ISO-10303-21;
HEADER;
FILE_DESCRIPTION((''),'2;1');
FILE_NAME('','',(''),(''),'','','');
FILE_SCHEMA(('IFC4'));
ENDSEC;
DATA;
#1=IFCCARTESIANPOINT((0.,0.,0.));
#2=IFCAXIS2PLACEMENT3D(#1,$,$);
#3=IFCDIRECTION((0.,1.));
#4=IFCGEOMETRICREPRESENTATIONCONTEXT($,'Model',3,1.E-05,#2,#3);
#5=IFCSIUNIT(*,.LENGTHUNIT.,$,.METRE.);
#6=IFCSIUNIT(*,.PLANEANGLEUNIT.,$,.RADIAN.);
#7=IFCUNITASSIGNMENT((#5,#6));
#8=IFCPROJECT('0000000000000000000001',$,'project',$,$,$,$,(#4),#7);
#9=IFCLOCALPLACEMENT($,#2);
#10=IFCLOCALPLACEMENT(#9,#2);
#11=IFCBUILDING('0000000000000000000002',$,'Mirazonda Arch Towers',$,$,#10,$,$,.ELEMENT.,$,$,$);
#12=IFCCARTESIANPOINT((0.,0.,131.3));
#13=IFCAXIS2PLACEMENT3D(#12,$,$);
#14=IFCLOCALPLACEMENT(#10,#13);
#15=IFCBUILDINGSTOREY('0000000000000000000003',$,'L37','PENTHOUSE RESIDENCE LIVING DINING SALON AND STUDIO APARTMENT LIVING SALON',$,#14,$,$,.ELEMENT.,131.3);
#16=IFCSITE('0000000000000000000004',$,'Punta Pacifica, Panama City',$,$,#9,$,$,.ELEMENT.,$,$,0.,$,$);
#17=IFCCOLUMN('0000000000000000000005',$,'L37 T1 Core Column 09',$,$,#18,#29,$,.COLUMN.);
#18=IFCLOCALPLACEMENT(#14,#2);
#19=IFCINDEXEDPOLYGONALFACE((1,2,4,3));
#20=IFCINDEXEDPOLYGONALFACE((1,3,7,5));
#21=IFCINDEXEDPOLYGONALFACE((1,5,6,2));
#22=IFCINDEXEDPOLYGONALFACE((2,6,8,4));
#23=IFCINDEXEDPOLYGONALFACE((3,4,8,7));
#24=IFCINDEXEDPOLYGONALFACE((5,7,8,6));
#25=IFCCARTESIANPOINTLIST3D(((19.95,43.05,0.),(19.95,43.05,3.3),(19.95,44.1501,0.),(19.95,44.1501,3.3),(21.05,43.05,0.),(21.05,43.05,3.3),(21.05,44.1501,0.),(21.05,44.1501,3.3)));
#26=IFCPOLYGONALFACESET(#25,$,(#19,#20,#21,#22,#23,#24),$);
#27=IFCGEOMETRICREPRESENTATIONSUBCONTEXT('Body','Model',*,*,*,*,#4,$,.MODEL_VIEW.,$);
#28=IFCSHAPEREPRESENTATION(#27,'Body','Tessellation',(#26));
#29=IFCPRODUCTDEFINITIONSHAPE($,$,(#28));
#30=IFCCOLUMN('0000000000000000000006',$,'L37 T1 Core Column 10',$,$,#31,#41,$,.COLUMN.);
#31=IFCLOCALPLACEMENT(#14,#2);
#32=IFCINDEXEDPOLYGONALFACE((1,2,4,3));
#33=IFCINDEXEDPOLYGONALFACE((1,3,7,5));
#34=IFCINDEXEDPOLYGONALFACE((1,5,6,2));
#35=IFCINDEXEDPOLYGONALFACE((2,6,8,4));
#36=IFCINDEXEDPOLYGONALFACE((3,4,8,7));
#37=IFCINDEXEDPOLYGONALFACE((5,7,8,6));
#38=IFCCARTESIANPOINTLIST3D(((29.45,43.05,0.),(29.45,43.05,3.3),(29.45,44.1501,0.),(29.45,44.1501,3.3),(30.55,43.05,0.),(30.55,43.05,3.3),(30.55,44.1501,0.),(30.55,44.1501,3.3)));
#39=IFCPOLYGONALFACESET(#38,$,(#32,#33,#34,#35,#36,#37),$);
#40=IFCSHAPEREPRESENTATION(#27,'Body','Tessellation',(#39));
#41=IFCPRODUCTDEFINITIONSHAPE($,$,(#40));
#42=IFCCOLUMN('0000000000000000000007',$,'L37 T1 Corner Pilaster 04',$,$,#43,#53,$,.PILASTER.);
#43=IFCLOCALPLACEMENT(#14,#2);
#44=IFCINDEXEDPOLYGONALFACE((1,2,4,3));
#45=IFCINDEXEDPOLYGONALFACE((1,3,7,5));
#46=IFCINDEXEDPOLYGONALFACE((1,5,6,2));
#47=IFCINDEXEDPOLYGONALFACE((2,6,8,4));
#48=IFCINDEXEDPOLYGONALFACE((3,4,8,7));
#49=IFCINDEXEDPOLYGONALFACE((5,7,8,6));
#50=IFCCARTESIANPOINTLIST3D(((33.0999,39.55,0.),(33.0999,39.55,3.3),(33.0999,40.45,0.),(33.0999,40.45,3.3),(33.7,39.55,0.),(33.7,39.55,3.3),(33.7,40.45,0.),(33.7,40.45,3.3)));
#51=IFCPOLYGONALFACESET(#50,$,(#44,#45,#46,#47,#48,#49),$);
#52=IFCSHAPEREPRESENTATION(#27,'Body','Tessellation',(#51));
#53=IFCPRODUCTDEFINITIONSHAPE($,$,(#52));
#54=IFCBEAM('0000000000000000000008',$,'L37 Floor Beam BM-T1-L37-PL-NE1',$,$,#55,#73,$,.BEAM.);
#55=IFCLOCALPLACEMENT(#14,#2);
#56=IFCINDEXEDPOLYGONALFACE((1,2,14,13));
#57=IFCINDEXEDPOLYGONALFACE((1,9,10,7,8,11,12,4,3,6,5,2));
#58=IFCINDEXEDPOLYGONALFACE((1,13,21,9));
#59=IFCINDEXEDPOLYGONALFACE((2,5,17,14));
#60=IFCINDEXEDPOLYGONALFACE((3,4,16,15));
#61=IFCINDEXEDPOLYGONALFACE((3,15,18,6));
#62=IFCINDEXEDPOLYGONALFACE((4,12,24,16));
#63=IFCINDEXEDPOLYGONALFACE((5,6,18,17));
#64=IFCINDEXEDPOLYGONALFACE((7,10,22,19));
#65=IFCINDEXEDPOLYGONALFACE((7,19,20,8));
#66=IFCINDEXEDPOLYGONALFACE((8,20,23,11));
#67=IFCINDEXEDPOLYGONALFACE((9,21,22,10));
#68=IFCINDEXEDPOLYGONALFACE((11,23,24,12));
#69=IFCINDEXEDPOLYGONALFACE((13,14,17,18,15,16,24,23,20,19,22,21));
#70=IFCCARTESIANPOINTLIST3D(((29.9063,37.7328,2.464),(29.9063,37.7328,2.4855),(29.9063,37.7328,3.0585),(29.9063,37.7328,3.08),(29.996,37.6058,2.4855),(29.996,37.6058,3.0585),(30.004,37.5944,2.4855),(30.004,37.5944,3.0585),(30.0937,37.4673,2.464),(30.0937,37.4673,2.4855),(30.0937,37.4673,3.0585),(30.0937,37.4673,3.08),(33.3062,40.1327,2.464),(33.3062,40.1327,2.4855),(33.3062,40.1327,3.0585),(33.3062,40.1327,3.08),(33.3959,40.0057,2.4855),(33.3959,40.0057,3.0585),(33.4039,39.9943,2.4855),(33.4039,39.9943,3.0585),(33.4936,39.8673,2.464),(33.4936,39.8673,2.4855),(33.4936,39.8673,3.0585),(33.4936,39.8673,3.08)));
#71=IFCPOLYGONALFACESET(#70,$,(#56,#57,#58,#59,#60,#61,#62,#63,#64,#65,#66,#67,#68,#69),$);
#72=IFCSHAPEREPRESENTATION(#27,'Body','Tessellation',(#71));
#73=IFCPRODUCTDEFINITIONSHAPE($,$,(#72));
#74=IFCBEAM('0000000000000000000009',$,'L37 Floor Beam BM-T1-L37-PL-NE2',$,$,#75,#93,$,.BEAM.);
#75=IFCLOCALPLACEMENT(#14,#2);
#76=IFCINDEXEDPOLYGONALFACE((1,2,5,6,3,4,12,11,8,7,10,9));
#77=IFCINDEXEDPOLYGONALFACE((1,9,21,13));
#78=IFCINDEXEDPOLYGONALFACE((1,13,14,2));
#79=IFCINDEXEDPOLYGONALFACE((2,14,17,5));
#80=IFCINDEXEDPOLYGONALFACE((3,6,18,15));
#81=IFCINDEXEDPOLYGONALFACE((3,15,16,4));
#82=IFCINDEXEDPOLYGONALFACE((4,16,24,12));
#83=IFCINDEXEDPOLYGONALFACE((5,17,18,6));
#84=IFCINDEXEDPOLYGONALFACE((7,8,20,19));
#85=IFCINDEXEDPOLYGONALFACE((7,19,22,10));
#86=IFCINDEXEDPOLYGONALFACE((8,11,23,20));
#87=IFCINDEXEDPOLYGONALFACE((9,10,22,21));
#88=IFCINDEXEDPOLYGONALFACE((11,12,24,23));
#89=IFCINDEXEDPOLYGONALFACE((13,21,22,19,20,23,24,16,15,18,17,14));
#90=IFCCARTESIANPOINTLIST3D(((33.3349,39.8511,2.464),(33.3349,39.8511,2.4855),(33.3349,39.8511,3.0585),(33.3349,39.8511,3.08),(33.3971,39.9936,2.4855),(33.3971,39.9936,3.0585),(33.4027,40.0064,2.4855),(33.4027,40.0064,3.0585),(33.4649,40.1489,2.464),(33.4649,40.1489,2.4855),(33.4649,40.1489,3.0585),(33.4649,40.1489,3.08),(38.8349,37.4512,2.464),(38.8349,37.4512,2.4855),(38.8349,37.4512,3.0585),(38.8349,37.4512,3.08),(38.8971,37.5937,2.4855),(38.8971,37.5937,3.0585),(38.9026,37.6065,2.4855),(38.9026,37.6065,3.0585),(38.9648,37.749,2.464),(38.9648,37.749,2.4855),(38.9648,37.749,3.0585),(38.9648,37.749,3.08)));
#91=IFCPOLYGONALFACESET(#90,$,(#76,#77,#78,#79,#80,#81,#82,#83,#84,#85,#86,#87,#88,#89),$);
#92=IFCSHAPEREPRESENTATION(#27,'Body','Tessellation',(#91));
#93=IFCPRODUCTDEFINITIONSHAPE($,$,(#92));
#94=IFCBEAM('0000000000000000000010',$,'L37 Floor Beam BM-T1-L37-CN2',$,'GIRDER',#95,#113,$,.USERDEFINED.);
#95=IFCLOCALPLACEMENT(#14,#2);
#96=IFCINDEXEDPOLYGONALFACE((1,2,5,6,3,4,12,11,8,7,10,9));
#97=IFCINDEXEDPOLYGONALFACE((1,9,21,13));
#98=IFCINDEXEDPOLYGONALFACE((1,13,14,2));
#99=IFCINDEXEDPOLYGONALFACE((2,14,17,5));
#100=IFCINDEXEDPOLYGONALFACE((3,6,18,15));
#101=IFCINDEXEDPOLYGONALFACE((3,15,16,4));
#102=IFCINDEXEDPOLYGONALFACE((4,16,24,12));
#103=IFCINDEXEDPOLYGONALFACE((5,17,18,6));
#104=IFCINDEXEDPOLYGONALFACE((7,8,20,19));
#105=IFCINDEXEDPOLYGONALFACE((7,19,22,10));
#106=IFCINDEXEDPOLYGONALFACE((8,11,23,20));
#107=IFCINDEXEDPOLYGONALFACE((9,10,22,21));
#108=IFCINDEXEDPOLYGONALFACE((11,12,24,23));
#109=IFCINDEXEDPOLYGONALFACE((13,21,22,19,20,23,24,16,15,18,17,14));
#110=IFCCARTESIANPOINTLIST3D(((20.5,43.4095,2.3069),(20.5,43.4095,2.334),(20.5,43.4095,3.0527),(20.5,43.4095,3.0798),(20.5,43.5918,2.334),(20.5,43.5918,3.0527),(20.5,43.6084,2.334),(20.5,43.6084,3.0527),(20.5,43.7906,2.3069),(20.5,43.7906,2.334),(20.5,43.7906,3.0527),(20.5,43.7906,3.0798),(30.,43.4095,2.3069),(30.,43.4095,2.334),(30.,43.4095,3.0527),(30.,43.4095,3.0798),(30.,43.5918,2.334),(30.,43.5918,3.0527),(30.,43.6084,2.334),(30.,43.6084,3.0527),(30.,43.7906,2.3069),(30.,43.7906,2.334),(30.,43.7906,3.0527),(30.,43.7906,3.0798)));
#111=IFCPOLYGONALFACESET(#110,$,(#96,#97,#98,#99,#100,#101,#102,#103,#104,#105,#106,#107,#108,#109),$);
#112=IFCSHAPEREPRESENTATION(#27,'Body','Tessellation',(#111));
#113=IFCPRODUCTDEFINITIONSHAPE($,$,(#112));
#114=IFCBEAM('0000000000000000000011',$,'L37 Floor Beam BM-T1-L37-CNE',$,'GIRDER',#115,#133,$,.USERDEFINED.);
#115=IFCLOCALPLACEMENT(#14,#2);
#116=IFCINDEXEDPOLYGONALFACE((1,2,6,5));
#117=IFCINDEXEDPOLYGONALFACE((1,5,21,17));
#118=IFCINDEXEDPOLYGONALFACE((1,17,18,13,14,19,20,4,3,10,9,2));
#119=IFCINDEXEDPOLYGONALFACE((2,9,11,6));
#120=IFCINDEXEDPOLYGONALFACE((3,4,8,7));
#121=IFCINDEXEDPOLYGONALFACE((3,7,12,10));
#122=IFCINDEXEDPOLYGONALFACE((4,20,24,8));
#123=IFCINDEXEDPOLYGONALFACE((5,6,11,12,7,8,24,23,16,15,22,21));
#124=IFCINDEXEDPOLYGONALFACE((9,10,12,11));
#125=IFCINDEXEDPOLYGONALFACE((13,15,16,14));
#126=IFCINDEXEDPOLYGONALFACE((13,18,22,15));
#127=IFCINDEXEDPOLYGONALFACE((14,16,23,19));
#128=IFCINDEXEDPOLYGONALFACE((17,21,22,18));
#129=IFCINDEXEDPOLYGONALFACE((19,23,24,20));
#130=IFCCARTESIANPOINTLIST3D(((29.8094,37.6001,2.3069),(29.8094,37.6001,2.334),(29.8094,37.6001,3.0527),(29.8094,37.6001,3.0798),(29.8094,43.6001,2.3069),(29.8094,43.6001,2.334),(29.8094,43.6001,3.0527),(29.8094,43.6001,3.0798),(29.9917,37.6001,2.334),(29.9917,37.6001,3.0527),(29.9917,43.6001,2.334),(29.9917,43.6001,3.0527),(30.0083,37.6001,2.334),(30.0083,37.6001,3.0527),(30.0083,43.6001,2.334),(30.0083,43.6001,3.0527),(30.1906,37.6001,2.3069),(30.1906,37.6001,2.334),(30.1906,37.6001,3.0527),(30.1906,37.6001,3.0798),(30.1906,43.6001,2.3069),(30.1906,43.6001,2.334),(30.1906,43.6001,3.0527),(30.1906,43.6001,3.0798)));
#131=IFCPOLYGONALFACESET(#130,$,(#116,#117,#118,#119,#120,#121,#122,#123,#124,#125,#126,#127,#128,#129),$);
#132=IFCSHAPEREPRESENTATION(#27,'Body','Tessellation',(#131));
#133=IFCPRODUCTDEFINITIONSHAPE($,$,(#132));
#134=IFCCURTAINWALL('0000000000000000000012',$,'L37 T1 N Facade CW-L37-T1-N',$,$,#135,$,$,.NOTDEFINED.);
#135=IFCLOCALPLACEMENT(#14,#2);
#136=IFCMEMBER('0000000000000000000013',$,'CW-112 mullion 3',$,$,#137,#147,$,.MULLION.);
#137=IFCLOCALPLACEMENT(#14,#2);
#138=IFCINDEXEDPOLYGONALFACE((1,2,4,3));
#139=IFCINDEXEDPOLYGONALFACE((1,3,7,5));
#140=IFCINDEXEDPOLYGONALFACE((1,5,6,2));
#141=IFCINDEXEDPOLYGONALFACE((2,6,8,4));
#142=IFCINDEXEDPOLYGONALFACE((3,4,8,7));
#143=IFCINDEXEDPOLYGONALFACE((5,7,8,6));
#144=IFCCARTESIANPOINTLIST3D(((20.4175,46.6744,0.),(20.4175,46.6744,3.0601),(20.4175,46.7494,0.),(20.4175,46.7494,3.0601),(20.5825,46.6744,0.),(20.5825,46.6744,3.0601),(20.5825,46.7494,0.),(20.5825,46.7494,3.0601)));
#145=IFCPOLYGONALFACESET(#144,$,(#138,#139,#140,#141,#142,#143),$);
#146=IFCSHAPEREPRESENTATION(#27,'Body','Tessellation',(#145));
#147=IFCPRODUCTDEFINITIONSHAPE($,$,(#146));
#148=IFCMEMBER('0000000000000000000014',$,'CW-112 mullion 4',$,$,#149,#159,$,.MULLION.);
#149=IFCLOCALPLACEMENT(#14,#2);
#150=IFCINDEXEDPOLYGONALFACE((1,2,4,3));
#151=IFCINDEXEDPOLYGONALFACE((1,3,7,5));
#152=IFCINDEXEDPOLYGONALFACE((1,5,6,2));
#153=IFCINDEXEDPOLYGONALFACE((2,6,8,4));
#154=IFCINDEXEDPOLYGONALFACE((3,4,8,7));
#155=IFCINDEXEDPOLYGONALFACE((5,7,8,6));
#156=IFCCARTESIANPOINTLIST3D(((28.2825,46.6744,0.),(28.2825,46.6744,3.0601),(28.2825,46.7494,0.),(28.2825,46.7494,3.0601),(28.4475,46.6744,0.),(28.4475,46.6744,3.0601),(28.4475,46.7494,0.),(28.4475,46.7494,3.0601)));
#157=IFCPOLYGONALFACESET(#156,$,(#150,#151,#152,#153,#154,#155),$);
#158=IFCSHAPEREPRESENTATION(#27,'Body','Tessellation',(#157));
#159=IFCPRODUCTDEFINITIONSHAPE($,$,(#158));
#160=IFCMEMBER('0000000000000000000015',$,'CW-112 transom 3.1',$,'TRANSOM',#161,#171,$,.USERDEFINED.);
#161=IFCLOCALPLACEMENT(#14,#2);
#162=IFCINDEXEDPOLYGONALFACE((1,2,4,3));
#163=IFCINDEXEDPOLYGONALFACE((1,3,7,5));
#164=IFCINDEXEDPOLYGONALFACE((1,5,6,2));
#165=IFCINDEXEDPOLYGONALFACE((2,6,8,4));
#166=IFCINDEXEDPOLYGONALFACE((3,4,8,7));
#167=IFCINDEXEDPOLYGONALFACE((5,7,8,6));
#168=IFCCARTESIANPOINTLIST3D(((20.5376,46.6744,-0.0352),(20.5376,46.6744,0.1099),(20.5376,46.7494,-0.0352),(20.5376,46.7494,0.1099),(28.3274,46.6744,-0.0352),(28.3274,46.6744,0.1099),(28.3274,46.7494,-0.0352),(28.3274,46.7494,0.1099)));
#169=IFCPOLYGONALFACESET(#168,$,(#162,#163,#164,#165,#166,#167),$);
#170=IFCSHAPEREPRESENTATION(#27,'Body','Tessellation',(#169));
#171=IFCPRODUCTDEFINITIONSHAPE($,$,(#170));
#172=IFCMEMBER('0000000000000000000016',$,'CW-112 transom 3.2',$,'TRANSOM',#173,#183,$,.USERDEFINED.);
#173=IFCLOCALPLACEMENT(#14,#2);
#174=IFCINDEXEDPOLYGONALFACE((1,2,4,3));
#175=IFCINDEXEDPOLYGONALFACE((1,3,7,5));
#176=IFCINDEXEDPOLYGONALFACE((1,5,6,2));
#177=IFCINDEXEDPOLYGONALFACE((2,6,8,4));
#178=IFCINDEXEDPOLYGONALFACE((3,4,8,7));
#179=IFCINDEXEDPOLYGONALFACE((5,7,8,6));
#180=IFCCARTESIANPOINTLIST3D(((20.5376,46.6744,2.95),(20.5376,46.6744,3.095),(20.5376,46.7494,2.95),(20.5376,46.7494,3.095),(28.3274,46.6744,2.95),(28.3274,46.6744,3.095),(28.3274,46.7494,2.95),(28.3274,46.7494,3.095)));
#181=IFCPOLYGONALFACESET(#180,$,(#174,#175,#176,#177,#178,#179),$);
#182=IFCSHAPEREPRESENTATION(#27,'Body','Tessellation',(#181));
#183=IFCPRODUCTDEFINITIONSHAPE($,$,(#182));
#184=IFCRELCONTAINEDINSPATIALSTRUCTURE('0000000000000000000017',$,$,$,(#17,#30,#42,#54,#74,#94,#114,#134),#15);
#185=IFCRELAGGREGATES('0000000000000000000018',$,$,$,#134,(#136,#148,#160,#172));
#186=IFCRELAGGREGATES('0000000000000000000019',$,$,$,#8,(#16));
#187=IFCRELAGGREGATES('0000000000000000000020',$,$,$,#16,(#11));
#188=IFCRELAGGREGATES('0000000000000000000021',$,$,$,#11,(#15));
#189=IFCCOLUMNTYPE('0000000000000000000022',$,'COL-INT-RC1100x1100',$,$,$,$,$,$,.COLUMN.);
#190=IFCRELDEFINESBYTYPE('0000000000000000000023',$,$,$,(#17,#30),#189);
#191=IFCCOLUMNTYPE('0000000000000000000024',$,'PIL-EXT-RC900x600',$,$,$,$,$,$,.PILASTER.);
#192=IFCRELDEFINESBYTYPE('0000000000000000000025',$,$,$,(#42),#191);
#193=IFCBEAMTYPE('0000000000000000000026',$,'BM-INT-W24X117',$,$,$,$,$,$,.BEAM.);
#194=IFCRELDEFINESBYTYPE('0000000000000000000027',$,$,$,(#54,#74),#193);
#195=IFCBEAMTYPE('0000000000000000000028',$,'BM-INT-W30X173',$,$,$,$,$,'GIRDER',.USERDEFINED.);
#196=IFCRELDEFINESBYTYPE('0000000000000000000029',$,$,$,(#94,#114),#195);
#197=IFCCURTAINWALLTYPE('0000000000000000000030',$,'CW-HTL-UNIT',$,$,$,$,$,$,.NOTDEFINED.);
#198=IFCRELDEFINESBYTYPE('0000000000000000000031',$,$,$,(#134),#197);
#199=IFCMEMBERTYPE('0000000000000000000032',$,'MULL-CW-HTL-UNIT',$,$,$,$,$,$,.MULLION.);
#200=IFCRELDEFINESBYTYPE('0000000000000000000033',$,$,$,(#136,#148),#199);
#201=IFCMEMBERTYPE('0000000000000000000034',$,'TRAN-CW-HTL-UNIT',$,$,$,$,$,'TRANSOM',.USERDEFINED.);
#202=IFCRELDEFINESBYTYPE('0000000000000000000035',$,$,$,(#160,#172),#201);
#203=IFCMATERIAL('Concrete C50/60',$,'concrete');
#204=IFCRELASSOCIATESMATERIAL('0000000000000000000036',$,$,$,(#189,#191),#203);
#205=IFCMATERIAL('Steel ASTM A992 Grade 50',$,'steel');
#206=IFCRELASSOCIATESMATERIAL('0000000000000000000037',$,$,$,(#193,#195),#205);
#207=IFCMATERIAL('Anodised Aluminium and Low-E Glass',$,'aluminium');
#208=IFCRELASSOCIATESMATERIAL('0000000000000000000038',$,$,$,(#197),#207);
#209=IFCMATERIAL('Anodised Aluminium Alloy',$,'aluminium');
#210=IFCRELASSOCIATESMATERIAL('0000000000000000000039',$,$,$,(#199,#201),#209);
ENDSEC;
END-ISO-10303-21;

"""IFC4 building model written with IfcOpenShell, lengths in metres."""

from ifc_helpers import new_model, si_unit, direction, frame, origin, origin_2d, place, context, subcontext, project, spatial, rectangle, i_section, extrude, material, material_profile, profile_set, type_object, element, aggregate, save


model = new_model("IFC4")

# Units and contexts
model_context = context("Model", 3, precision=1e-05, world=origin(), true_north=direction((0.0, 1.0)))
body_context = subcontext(model_context, "Body", "Model", "MODEL_VIEW")
ifc_project = project(units=[si_unit("LENGTHUNIT", "METRE"), si_unit("PLANEANGLEUNIT", "RADIAN")], contexts=[model_context])

# Site, building, storey
site_placement = place(None, origin())
site = spatial("IfcSite", under=ifc_project, at=site_placement, Name="Punta Pacifica, Panama City", CompositionType="ELEMENT", RefElevation=0.0)
building_placement = place(site_placement, origin())
building = spatial("IfcBuilding", under=site, at=building_placement, Name="Mirazonda Arch Towers", CompositionType="ELEMENT")
storey_placement = place(building_placement, frame((0.0, 0.0, 131.3)))
storey = spatial("IfcBuildingStorey", under=building, at=storey_placement, Name="L37", Description="PENTHOUSE RESIDENCE LIVING DINING SALON AND STUDIO APARTMENT LIVING SALON", CompositionType="ELEMENT", Elevation=131.3)

# Columns
ifc_material_1 = material(Name="Concrete C50/60", Category="concrete")
ifc_material_profile_1 = material_profile(ifc_material_1, rectangle(XDim=1.1001, YDim=1.1001, at=origin_2d()), Name="RC1100x1100")
ifc_profile_set_1 = profile_set([ifc_material_profile_1], Name="Concrete C50/60")
column_type_1 = type_object("IfcColumnType", Name="COL-INT-RC1100x1100", PredefinedType="COLUMN", material=ifc_profile_set_1)
for number, where, z_axis, x_axis, name in (
    (1, (20.5, 43.6001, 0.0), (0.0, 0.0, 1.0), (1.0, 0.0, 0.0), "L37 T1 Core Column 09"),
    (2, (30.0, 43.6001, 0.0), (0.0, 0.0, 1.0), (1.0, 0.0, 0.0), "L37 T1 Core Column 10"),
):
    element("IfcColumn", number, at=place(storey_placement, frame(where, z_axis=z_axis, x_axis=x_axis)), inside=storey, type_object=column_type_1, Name=name, PredefinedType="COLUMN", context=body_context, shape_type="SweptSolid", body=[
        extrude(rectangle(XDim=1.1001, YDim=1.1001, at=origin_2d()), origin(), (0.0, 0.0, 1.0), 3.3),
    ])
ifc_material_profile_2 = material_profile(ifc_material_1, rectangle(XDim=0.6001, YDim=0.8999, at=origin_2d()), Name="RC900x600")
ifc_profile_set_2 = profile_set([ifc_material_profile_2], Name="Concrete C50/60")
column_type_2 = type_object("IfcColumnType", Name="PIL-EXT-RC900x600", PredefinedType="PILASTER", material=ifc_profile_set_2)
column_placement = place(storey_placement, frame((33.3999, 40.0, 0.0), z_axis=(0.0, 0.0, 1.0), x_axis=(1.0, 0.0, 0.0)))
element("IfcColumn", 3, at=column_placement, inside=storey, type_object=column_type_2, Name="L37 T1 Corner Pilaster 04", PredefinedType="PILASTER", context=body_context, shape_type="SweptSolid", body=[
    extrude(rectangle(XDim=0.6001, YDim=0.8999, at=origin_2d()), origin(), (0.0, 0.0, 1.0), 3.3),
])

# Beams
ifc_material_2 = material(Name="Steel ASTM A992 Grade 50", Category="steel")
ifc_material_profile_3 = material_profile(ifc_material_2, i_section(OverallWidth=0.325, OverallDepth=0.616, WebThickness=0.0139, FlangeThickness=0.0215, at=origin_2d()), Name="W24X117")
ifc_profile_set_3 = profile_set([ifc_material_profile_3], Name="Steel ASTM A992 Grade 50")
beam_type_1 = type_object("IfcBeamType", Name="BM-INT-W24X117", PredefinedType="BEAM", material=ifc_profile_set_3)
beam_1_placement = place(storey_placement, frame((33.3999, 40.0, 2.772), z_axis=(-0.816971, -0.576679, 0.0), x_axis=(0.576679, -0.816971, 0.0)))
element("IfcBeam", 4, at=beam_1_placement, inside=storey, type_object=beam_type_1, Name="L37 Floor Beam BM-T1-L37-PL-NE1", PredefinedType="BEAM", context=body_context, shape_type="SweptSolid", body=[
    extrude(i_section(OverallWidth=0.325, OverallDepth=0.616, WebThickness=0.0139, FlangeThickness=0.0215, at=origin_2d()), origin(), (0.0, 0.0, 1.0), 4.1616),
])
beam_2_placement = place(storey_placement, frame((33.3999, 40.0, 2.772), z_axis=(0.916545, -0.399931, 0.0), x_axis=(0.399931, 0.916545, 0.0)))
element("IfcBeam", 5, at=beam_2_placement, inside=storey, type_object=beam_type_1, Name="L37 Floor Beam BM-T1-L37-PL-NE2", PredefinedType="BEAM", context=body_context, shape_type="SweptSolid", body=[
    extrude(i_section(OverallWidth=0.325, OverallDepth=0.616, WebThickness=0.0139, FlangeThickness=0.0215, at=origin_2d()), origin(), (0.0, 0.0, 1.0), 6.0007),
])
ifc_material_profile_4 = material_profile(ifc_material_2, i_section(OverallWidth=0.3811, OverallDepth=0.7729, WebThickness=0.0166, FlangeThickness=0.0271, at=origin_2d()), Name="W30X173")
ifc_profile_set_4 = profile_set([ifc_material_profile_4], Name="Steel ASTM A992 Grade 50")
beam_type_2 = type_object("IfcBeamType", Name="BM-INT-W30X173", ElementType="GIRDER", PredefinedType="USERDEFINED", material=ifc_profile_set_4)
beam_3_placement = place(storey_placement, frame((20.5, 43.6001, 2.6934), z_axis=(1.0, 0.0, 0.0), x_axis=(0.0, 1.0, 0.0)))
element("IfcBeam", 6, at=beam_3_placement, inside=storey, type_object=beam_type_2, Name="L37 Floor Beam BM-T1-L37-CN2", ObjectType="GIRDER", PredefinedType="USERDEFINED", context=body_context, shape_type="SweptSolid", body=[
    extrude(i_section(OverallWidth=0.3811, OverallDepth=0.7729, WebThickness=0.0166, FlangeThickness=0.0271, at=origin_2d()), origin(), (0.0, 0.0, 1.0), 9.5),
])
beam_4_placement = place(storey_placement, frame((30.0, 37.6001, 2.6934), z_axis=(0.0, 1.0, 0.0), x_axis=(-1.0, 0.0, 0.0)))
element("IfcBeam", 7, at=beam_4_placement, inside=storey, type_object=beam_type_2, Name="L37 Floor Beam BM-T1-L37-CNE", ObjectType="GIRDER", PredefinedType="USERDEFINED", context=body_context, shape_type="SweptSolid", body=[
    extrude(i_section(OverallWidth=0.3811, OverallDepth=0.7729, WebThickness=0.0166, FlangeThickness=0.0271, at=origin_2d()), origin(), (0.0, 0.0, 1.0), 6.0),
])

# Curtain wall, members
ifc_material_3 = material(Name="Anodised Aluminium and Low-E Glass", Category="aluminium")
curtain_wall_type = type_object("IfcCurtainWallType", Name="CW-HTL-UNIT", PredefinedType="NOTDEFINED", material=ifc_material_3)
curtain_wall_placement = place(storey_placement, origin())
curtain_wall = element("IfcCurtainWall", 8, at=curtain_wall_placement, inside=storey, type_object=curtain_wall_type, Name="L37 T1 N Facade CW-L37-T1-N", PredefinedType="NOTDEFINED")
ifc_material_4 = material(Name="Anodised Aluminium Alloy", Category="aluminium")
ifc_material_profile_5 = material_profile(ifc_material_4, rectangle(XDim=0.075, YDim=0.165, at=origin_2d()), Name="ALU-MULL-75x165")
ifc_profile_set_5 = profile_set([ifc_material_profile_5], Name="Anodised Aluminium Alloy")
member_type_1 = type_object("IfcMemberType", Name="MULL-CW-HTL-UNIT", PredefinedType="MULLION", material=ifc_profile_set_5)
member_1_placement = place(storey_placement, frame((20.5, 46.7119, 0.0), z_axis=(0.0, 0.0, 1.0), x_axis=(0.0, 1.0, 0.0)))
member_1 = element("IfcMember", 9, at=member_1_placement, type_object=member_type_1, Name="CW-112 mullion 3", PredefinedType="MULLION", context=body_context, shape_type="SweptSolid", body=[
    extrude(rectangle(XDim=0.075, YDim=0.165, at=origin_2d()), origin(), (0.0, 0.0, 1.0), 3.0601),
])
member_2_placement = place(storey_placement, frame((28.365, 46.7119, 0.0), z_axis=(0.0, 0.0, 1.0), x_axis=(0.0, 1.0, 0.0)))
member_2 = element("IfcMember", 10, at=member_2_placement, type_object=member_type_1, Name="CW-112 mullion 4", PredefinedType="MULLION", context=body_context, shape_type="SweptSolid", body=[
    extrude(rectangle(XDim=0.075, YDim=0.165, at=origin_2d()), origin(), (0.0, 0.0, 1.0), 3.0601),
])
ifc_material_profile_6 = material_profile(ifc_material_4, rectangle(XDim=0.075, YDim=0.145, at=origin_2d()), Name="ALU-TRAN-75x145")
ifc_profile_set_6 = profile_set([ifc_material_profile_6], Name="Anodised Aluminium Alloy")
member_type_2 = type_object("IfcMemberType", Name="TRAN-CW-HTL-UNIT", ElementType="TRANSOM", PredefinedType="USERDEFINED", material=ifc_profile_set_6)
member_3_placement = place(storey_placement, frame((20.5376, 46.7119, 0.0374), z_axis=(1.0, 0.0, 0.0), x_axis=(0.0, 1.0, 0.0)))
member_3 = element("IfcMember", 11, at=member_3_placement, type_object=member_type_2, Name="CW-112 transom 3.1", ObjectType="TRANSOM", PredefinedType="USERDEFINED", context=body_context, shape_type="SweptSolid", body=[
    extrude(rectangle(XDim=0.075, YDim=0.145, at=origin_2d()), origin(), (0.0, 0.0, 1.0), 7.7898),
])
member_4_placement = place(storey_placement, frame((20.5376, 46.7119, 3.0225), z_axis=(1.0, 0.0, 0.0), x_axis=(0.0, 1.0, 0.0)))
member_4 = element("IfcMember", 12, at=member_4_placement, type_object=member_type_2, Name="CW-112 transom 3.2", ObjectType="TRANSOM", PredefinedType="USERDEFINED", context=body_context, shape_type="SweptSolid", body=[
    extrude(rectangle(XDim=0.075, YDim=0.145, at=origin_2d()), origin(), (0.0, 0.0, 1.0), 7.7898),
])
aggregate(curtain_wall, [member_1, member_2, member_3, member_4])

save(model, "model.ifc")
